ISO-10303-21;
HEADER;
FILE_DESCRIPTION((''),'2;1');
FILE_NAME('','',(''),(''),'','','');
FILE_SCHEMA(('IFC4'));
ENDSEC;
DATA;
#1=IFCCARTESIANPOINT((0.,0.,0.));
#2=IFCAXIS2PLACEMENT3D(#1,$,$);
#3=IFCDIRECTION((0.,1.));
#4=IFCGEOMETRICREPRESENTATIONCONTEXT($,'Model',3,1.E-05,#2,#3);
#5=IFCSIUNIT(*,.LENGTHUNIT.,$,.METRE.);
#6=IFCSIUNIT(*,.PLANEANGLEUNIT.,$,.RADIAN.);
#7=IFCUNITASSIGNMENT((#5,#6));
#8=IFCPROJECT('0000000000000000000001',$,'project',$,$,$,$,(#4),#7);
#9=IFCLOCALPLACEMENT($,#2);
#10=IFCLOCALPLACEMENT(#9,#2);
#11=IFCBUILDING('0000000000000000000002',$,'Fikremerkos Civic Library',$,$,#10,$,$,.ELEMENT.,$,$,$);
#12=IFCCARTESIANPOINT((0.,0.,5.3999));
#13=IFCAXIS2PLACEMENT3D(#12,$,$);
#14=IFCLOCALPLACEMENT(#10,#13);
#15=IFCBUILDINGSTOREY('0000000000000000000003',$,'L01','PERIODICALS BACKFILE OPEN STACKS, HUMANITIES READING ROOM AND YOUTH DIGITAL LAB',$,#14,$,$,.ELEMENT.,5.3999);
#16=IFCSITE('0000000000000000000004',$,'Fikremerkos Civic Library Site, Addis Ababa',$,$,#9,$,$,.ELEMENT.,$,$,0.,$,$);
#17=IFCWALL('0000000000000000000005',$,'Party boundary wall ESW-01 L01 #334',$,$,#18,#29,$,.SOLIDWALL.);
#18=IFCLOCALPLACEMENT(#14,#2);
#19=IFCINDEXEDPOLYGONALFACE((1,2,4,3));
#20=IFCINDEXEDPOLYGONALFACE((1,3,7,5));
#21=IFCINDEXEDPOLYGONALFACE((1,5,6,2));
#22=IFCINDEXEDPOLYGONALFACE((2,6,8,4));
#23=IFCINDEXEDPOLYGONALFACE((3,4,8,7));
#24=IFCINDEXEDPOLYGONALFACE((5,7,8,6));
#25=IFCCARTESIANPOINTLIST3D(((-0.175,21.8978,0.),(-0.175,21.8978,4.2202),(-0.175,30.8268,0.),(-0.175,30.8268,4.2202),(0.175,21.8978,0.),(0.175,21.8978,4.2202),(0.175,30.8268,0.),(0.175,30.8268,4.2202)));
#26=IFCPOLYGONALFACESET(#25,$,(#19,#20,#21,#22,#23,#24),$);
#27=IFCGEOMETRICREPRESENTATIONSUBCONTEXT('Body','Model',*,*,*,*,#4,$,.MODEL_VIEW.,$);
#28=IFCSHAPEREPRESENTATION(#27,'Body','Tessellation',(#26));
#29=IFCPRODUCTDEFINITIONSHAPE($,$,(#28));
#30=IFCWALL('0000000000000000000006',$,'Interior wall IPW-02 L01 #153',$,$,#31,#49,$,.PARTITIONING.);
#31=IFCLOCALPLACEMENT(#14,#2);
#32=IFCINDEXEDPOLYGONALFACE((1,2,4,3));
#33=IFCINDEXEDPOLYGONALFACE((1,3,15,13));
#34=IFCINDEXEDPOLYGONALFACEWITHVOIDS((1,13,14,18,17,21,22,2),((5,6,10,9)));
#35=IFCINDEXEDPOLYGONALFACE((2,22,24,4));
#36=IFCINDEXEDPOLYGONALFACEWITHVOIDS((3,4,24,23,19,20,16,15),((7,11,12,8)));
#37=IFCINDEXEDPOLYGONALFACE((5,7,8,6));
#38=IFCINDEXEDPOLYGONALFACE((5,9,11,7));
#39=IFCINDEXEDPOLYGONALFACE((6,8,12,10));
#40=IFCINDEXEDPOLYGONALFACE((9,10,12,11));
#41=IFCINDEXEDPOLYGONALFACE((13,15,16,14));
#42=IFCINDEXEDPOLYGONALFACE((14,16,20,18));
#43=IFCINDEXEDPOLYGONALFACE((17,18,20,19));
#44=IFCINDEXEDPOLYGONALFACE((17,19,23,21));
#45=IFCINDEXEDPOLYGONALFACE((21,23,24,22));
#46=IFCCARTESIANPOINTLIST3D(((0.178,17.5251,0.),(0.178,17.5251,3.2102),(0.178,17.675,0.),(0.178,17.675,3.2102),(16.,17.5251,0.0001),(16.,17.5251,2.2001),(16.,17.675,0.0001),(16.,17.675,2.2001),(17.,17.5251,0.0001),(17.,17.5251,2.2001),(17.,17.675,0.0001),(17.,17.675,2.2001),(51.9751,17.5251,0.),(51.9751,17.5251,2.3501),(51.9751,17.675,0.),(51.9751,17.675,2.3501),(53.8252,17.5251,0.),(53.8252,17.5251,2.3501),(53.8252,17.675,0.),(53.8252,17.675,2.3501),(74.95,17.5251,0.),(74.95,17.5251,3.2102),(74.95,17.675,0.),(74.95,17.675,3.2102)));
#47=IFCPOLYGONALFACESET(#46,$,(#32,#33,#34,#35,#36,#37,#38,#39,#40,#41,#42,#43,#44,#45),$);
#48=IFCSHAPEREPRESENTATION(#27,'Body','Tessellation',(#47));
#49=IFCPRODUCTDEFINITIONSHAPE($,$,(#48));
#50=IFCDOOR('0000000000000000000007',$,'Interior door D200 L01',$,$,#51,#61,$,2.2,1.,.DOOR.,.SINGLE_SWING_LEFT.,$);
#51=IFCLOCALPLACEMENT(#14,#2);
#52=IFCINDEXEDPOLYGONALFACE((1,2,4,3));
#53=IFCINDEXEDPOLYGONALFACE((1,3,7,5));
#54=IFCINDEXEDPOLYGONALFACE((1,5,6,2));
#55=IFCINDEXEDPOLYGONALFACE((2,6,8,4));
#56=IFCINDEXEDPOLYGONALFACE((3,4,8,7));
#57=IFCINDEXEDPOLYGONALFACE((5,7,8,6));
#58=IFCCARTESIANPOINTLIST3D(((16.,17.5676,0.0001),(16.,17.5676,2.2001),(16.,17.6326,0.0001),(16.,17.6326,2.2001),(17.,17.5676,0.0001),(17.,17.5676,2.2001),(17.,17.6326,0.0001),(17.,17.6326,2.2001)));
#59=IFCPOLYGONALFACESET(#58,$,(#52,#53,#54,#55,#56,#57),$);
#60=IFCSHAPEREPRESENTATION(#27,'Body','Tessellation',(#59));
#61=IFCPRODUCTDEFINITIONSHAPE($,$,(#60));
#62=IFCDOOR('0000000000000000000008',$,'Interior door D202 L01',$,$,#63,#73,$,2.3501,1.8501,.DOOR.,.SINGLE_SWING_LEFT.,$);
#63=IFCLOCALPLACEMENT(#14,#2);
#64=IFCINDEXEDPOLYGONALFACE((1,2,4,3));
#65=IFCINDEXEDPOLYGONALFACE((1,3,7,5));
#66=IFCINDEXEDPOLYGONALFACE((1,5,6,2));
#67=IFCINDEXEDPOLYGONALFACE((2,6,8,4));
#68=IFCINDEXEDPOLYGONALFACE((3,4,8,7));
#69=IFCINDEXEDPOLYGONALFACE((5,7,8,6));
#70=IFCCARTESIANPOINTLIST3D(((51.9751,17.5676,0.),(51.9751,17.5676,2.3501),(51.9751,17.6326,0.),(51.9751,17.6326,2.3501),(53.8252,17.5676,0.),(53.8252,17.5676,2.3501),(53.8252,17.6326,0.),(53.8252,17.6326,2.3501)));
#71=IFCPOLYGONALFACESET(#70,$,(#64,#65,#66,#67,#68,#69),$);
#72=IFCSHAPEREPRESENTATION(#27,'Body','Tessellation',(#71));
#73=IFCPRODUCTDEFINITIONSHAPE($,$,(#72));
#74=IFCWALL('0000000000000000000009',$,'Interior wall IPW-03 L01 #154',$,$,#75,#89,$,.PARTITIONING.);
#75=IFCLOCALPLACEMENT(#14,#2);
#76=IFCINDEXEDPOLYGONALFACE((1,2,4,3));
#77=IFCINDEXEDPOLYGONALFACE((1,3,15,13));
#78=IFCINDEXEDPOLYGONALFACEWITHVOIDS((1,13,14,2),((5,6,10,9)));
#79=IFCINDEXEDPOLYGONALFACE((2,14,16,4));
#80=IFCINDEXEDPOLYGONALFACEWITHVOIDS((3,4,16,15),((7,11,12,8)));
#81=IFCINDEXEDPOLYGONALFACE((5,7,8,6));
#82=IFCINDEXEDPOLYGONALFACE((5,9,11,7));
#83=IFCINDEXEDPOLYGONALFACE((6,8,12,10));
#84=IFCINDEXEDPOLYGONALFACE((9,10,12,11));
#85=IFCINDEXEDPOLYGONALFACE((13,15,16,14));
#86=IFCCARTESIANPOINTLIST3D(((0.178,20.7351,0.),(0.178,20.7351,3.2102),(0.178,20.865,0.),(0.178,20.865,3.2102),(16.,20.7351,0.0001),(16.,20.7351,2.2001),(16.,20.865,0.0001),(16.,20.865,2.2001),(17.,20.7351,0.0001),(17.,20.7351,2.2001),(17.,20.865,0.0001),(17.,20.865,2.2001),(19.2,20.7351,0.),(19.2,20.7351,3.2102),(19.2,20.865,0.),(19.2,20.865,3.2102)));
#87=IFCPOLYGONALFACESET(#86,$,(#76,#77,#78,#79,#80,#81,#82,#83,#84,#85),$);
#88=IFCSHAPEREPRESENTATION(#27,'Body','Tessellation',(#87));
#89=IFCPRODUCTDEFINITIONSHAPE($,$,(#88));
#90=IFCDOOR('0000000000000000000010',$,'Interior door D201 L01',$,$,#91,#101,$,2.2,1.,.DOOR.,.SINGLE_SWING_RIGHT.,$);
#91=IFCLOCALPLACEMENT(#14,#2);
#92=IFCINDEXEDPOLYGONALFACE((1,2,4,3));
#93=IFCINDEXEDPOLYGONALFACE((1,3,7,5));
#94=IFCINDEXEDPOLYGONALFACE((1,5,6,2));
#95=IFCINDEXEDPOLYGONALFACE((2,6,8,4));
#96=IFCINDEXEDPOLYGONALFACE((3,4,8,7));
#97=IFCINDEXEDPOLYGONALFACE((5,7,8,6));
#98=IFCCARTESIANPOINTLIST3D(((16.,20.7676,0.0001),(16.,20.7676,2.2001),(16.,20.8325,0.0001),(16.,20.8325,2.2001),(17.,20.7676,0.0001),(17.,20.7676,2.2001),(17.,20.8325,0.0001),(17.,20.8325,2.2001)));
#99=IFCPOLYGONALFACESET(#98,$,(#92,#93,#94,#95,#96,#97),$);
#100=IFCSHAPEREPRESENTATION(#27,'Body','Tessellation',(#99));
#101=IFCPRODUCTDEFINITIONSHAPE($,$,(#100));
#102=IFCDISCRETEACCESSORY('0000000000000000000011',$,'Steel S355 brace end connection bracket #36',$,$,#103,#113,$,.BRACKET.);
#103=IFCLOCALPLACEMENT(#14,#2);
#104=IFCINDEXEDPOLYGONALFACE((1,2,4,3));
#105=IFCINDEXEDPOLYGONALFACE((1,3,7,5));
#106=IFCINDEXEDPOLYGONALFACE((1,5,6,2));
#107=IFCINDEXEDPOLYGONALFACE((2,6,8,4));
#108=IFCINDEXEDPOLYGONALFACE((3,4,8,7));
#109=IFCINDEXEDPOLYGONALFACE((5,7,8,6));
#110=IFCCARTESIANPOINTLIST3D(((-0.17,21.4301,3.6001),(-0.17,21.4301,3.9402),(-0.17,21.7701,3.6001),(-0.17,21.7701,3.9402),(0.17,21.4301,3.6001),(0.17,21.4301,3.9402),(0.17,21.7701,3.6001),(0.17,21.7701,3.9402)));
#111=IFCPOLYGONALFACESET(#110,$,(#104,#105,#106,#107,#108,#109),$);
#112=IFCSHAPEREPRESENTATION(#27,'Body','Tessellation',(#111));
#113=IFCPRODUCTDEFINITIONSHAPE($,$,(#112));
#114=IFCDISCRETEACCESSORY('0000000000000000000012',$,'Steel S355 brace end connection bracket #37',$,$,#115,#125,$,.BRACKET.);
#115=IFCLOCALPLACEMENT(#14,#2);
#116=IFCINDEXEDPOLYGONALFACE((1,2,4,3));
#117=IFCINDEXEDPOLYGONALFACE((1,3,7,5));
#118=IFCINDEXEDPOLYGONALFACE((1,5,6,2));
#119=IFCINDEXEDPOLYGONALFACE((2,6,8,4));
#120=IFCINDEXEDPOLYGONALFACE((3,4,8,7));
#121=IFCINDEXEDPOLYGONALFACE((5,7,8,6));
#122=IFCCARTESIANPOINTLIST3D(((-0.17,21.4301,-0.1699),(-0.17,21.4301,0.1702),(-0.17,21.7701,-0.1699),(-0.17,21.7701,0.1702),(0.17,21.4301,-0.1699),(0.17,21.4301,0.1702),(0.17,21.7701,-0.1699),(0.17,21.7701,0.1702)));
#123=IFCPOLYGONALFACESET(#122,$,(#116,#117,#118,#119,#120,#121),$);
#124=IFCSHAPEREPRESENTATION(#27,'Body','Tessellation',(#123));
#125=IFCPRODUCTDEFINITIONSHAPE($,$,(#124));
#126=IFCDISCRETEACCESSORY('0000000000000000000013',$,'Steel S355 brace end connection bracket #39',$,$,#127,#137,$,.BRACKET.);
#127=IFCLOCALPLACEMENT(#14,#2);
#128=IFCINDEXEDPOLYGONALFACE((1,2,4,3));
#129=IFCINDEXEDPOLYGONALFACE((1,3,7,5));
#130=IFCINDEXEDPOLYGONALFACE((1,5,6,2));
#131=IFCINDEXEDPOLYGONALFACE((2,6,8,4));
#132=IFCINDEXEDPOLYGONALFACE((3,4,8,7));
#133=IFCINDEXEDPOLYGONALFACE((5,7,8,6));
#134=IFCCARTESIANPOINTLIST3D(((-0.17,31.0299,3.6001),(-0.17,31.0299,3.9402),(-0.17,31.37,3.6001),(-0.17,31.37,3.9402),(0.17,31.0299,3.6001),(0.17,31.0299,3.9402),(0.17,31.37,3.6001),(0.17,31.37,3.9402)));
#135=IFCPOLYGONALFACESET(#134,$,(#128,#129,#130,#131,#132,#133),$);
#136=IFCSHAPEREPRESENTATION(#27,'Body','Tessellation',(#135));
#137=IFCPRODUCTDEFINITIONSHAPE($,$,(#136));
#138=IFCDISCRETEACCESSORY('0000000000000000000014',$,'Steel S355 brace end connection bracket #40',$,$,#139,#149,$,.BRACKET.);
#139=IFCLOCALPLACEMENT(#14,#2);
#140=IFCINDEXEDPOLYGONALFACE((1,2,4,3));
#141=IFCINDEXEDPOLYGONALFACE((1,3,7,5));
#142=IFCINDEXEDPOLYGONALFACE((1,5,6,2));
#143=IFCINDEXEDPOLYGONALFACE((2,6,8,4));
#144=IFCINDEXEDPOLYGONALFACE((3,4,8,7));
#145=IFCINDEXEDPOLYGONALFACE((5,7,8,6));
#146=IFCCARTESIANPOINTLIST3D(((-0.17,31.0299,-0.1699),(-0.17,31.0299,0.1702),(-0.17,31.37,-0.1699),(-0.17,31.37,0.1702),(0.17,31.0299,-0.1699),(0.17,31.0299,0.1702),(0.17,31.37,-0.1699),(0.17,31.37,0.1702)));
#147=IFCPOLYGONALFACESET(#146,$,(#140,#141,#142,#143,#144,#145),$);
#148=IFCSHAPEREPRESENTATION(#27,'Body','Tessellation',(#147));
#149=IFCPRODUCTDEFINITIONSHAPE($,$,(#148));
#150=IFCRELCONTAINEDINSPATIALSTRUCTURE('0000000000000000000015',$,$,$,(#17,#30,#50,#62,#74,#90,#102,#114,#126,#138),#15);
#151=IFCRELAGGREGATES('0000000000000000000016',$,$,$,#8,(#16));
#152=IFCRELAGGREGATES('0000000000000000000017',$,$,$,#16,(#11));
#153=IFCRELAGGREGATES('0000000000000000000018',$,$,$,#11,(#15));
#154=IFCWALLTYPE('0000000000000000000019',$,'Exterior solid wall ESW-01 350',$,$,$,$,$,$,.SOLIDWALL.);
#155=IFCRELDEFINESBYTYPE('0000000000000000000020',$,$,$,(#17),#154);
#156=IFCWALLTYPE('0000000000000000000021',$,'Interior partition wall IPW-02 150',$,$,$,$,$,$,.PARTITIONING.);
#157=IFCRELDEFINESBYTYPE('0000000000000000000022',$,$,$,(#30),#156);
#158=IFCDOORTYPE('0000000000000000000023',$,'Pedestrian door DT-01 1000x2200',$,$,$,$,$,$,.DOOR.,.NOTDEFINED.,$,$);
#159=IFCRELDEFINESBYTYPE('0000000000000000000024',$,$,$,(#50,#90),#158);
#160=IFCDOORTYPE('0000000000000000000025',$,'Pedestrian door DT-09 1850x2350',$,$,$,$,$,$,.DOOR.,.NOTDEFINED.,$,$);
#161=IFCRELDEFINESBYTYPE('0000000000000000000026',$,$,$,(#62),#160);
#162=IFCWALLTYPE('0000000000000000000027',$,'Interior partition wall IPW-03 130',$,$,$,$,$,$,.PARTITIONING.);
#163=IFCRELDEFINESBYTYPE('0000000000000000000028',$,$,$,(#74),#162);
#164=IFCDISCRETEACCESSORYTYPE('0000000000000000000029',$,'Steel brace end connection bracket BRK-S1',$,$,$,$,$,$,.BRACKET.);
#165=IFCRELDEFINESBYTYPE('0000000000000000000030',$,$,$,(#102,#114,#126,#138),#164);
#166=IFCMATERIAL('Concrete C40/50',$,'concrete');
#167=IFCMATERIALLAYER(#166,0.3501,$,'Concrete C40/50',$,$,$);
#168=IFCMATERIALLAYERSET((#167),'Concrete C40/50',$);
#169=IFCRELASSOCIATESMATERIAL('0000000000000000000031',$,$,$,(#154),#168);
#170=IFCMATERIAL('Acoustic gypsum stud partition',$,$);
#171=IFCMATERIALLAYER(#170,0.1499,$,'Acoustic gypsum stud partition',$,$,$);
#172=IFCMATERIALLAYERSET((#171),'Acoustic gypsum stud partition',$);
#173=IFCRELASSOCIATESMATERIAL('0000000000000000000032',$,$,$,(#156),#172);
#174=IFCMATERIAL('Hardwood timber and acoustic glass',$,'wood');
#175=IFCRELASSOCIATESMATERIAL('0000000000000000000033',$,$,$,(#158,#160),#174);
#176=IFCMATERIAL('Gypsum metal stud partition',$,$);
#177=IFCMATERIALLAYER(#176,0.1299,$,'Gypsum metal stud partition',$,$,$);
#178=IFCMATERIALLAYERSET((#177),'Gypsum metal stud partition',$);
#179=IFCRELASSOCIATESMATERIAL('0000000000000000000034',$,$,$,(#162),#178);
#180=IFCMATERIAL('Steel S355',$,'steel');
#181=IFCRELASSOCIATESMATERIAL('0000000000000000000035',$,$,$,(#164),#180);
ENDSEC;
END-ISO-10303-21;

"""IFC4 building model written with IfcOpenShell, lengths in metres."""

from ifc_helpers import new_model, si_unit, direction, frame, frame_2d, origin, origin_2d, place, context, subcontext, project, spatial, rectangle, extrude, material, layer, layer_set, type_object, element, fill, save


model = new_model("IFC4")

# Units and contexts
model_context = context("Model", 3, precision=1e-05, world=origin(), true_north=direction((0.0, 1.0)))
body_context = subcontext(model_context, "Body", "Model", "MODEL_VIEW")
ifc_project = project(units=[si_unit("LENGTHUNIT", "METRE"), si_unit("PLANEANGLEUNIT", "RADIAN")], contexts=[model_context])

# Site, building, storey
site_placement = place(None, origin())
site = spatial("IfcSite", under=ifc_project, at=site_placement, Name="Fikremerkos Civic Library Site, Addis Ababa", CompositionType="ELEMENT", RefElevation=0.0)
building_placement = place(site_placement, origin())
building = spatial("IfcBuilding", under=site, at=building_placement, Name="Fikremerkos Civic Library", CompositionType="ELEMENT")
storey_placement = place(building_placement, frame((0.0, 0.0, 5.3999)))
storey = spatial("IfcBuildingStorey", under=building, at=storey_placement, Name="L01", Description="PERIODICALS BACKFILE OPEN STACKS, HUMANITIES READING ROOM AND YOUTH DIGITAL LAB", CompositionType="ELEMENT", Elevation=5.3999)

# Shared definitions
ifc_material_1 = material(Name="Concrete C40/50", Category="concrete")

# Shared definitions
ifc_material_2 = material(Name="Steel S355", Category="steel")

# Wall
ifc_layer_1 = layer(ifc_material_1, 0.3501, Name="Concrete C40/50")
ifc_layer_set_1 = layer_set([ifc_layer_1], Name="Concrete C40/50")
wall_type_1 = type_object("IfcWallType", Name="Exterior solid wall ESW-01 350", PredefinedType="SOLIDWALL", material=ifc_layer_set_1)
wall_1_placement = place(storey_placement, frame((0.0, 21.8979, 0.0), z_axis=(0.0, 0.0, 1.0), x_axis=(0.0, 1.0, 0.0)))
element("IfcWall", 1, at=wall_1_placement, inside=storey, type_object=wall_type_1, Name="Party boundary wall ESW-01 L01 #334", PredefinedType="SOLIDWALL", context=body_context, shape_type="SweptSolid", body=[
    extrude(rectangle(XDim=8.929, YDim=0.3501, at=frame_2d((4.4644, 0.0))), origin(), (0.0, 0.0, 1.0), 4.2202),
])

# Wall, openings, doors
ifc_material_3 = material(Name="Acoustic gypsum stud partition")
ifc_layer_2 = layer(ifc_material_3, 0.1499, Name="Acoustic gypsum stud partition")
ifc_layer_set_2 = layer_set([ifc_layer_2], Name="Acoustic gypsum stud partition")
wall_type_2 = type_object("IfcWallType", Name="Interior partition wall IPW-02 150", PredefinedType="PARTITIONING", material=ifc_layer_set_2)
wall_2_placement = place(storey_placement, frame((0.178, 17.6001, 0.0), z_axis=(0.0, 0.0, 1.0), x_axis=(1.0, 0.0, 0.0)))
wall_2 = element("IfcWall", 2, at=wall_2_placement, inside=storey, type_object=wall_type_2, Name="Interior wall IPW-02 L01 #153", PredefinedType="PARTITIONING", context=body_context, shape_type="SweptSolid", body=[
    extrude(rectangle(XDim=74.772, YDim=0.1499, at=frame_2d((37.386, 0.0))), origin(), (0.0, 0.0, 1.0), 3.2102),
])
opening_1_placement = place(wall_2_placement, frame((15.822, 0.0, 0.0)))
opening_1 = element("IfcOpeningElement", 3, at=opening_1_placement, cuts=wall_2, PredefinedType="OPENING", context=body_context, shape_type="SweptSolid", body=[
    extrude(rectangle(XDim=1.0, YDim=2.2, at=frame_2d((0.5, 1.1001))), frame((0.0, 0.085, 0.0), z_axis=(0.0, -1.0, 0.0), x_axis=(1.0, 0.0, 0.0)), (0.0, 0.0, 1.0), 0.1699),
])
opening_2_placement = place(wall_2_placement, frame((51.7971, 0.0, 0.0)))
opening_2 = element("IfcOpeningElement", 4, at=opening_2_placement, cuts=wall_2, PredefinedType="OPENING", context=body_context, shape_type="SweptSolid", body=[
    extrude(rectangle(XDim=1.8501, YDim=2.3501, at=frame_2d((0.925, 1.175))), frame((0.0, 0.085, 0.0), z_axis=(0.0, -1.0, 0.0), x_axis=(1.0, 0.0, 0.0)), (0.0, 0.0, 1.0), 0.1699),
])
ifc_material_4 = material(Name="Hardwood timber and acoustic glass", Category="wood")
door_type_1 = type_object("IfcDoorType", Name="Pedestrian door DT-01 1000x2200", OperationType="NOTDEFINED", PredefinedType="DOOR", material=ifc_material_4)
door_1_placement = place(opening_1_placement, origin())
door_1 = element("IfcDoor", 5, at=door_1_placement, inside=storey, type_object=door_type_1, Name="Interior door D200 L01", OperationType="SINGLE_SWING_LEFT", OverallHeight=2.2, OverallWidth=1.0, PredefinedType="DOOR", context=body_context, shape_type="SweptSolid", body=[
    extrude(rectangle(XDim=1.0, YDim=2.2, at=frame_2d((0.5, 1.1001))), frame((0.0, 0.0325, 0.0), z_axis=(0.0, -1.0, 0.0), x_axis=(1.0, 0.0, 0.0)), (0.0, 0.0, 1.0), 0.0649),
])
fill(opening_1, door_1)
door_type_2 = type_object("IfcDoorType", Name="Pedestrian door DT-09 1850x2350", OperationType="NOTDEFINED", PredefinedType="DOOR", material=ifc_material_4)
door_2_placement = place(opening_2_placement, origin())
door_2 = element("IfcDoor", 6, at=door_2_placement, inside=storey, type_object=door_type_2, Name="Interior door D202 L01", OperationType="SINGLE_SWING_LEFT", OverallHeight=2.3501, OverallWidth=1.8501, PredefinedType="DOOR", context=body_context, shape_type="SweptSolid", body=[
    extrude(rectangle(XDim=1.8501, YDim=2.3501, at=frame_2d((0.925, 1.175))), frame((0.0, 0.0325, 0.0), z_axis=(0.0, -1.0, 0.0), x_axis=(1.0, 0.0, 0.0)), (0.0, 0.0, 1.0), 0.0649),
])
fill(opening_2, door_2)

# Wall, opening, door
ifc_material_5 = material(Name="Gypsum metal stud partition")
ifc_layer_3 = layer(ifc_material_5, 0.1299, Name="Gypsum metal stud partition")
ifc_layer_set_3 = layer_set([ifc_layer_3], Name="Gypsum metal stud partition")
wall_type_3 = type_object("IfcWallType", Name="Interior partition wall IPW-03 130", PredefinedType="PARTITIONING", material=ifc_layer_set_3)
wall_3_placement = place(storey_placement, frame((0.178, 20.8, 0.0), z_axis=(0.0, 0.0, 1.0), x_axis=(1.0, 0.0, 0.0)))
wall_3 = element("IfcWall", 7, at=wall_3_placement, inside=storey, type_object=wall_type_3, Name="Interior wall IPW-03 L01 #154", PredefinedType="PARTITIONING", context=body_context, shape_type="SweptSolid", body=[
    extrude(rectangle(XDim=19.022, YDim=0.1299, at=frame_2d((9.511, 0.0))), origin(), (0.0, 0.0, 1.0), 3.2102),
])
opening_3_placement = place(wall_3_placement, frame((15.822, 0.0, 0.0)))
opening_3 = element("IfcOpeningElement", 8, at=opening_3_placement, cuts=wall_3, PredefinedType="OPENING", context=body_context, shape_type="SweptSolid", body=[
    extrude(rectangle(XDim=1.0, YDim=2.2, at=frame_2d((0.5, 1.1001))), frame((0.0, 0.075, 0.0), z_axis=(0.0, -1.0, 0.0), x_axis=(1.0, 0.0, 0.0)), (0.0, 0.0, 1.0), 0.1499),
])
door_3_placement = place(opening_3_placement, origin())
door_3 = element("IfcDoor", 9, at=door_3_placement, inside=storey, type_object=door_type_1, Name="Interior door D201 L01", OperationType="SINGLE_SWING_RIGHT", OverallHeight=2.2, OverallWidth=1.0, PredefinedType="DOOR", context=body_context, shape_type="SweptSolid", body=[
    extrude(rectangle(XDim=1.0, YDim=2.2, at=frame_2d((0.5, 1.1001))), frame((0.0, 0.0325, 0.0), z_axis=(0.0, -1.0, 0.0), x_axis=(1.0, 0.0, 0.0)), (0.0, 0.0, 1.0), 0.0649),
])
fill(opening_3, door_3)

# Discrete accessories
discrete_accessory_type = type_object("IfcDiscreteAccessoryType", Name="Steel brace end connection bracket BRK-S1", PredefinedType="BRACKET", material=ifc_material_2)
for number, where, z_axis, x_axis, name in (
    (10, (0.0, 21.6001, 3.6001), (0.0, 0.0, 1.0), (1.0, 0.0, 0.0), "Steel S355 brace end connection bracket #36"),
    (11, (0.0, 21.6001, -0.1699), (0.0, 0.0, 1.0), (1.0, 0.0, 0.0), "Steel S355 brace end connection bracket #37"),
    (12, (0.0, 31.2, 3.6001), (0.0, 0.0, 1.0), (1.0, 0.0, 0.0), "Steel S355 brace end connection bracket #39"),
    (13, (0.0, 31.2, -0.1699), (0.0, 0.0, 1.0), (1.0, 0.0, 0.0), "Steel S355 brace end connection bracket #40"),
):
    element("IfcDiscreteAccessory", number, at=place(storey_placement, frame(where, z_axis=z_axis, x_axis=x_axis)), inside=storey, type_object=discrete_accessory_type, Name=name, PredefinedType="BRACKET", context=body_context, shape_type="SweptSolid", body=[
        extrude(rectangle(XDim=0.3401, YDim=0.3401, at=origin_2d()), origin(), (0.0, 0.0, 1.0), 0.3401),
    ])

save(model, "model.ifc")
